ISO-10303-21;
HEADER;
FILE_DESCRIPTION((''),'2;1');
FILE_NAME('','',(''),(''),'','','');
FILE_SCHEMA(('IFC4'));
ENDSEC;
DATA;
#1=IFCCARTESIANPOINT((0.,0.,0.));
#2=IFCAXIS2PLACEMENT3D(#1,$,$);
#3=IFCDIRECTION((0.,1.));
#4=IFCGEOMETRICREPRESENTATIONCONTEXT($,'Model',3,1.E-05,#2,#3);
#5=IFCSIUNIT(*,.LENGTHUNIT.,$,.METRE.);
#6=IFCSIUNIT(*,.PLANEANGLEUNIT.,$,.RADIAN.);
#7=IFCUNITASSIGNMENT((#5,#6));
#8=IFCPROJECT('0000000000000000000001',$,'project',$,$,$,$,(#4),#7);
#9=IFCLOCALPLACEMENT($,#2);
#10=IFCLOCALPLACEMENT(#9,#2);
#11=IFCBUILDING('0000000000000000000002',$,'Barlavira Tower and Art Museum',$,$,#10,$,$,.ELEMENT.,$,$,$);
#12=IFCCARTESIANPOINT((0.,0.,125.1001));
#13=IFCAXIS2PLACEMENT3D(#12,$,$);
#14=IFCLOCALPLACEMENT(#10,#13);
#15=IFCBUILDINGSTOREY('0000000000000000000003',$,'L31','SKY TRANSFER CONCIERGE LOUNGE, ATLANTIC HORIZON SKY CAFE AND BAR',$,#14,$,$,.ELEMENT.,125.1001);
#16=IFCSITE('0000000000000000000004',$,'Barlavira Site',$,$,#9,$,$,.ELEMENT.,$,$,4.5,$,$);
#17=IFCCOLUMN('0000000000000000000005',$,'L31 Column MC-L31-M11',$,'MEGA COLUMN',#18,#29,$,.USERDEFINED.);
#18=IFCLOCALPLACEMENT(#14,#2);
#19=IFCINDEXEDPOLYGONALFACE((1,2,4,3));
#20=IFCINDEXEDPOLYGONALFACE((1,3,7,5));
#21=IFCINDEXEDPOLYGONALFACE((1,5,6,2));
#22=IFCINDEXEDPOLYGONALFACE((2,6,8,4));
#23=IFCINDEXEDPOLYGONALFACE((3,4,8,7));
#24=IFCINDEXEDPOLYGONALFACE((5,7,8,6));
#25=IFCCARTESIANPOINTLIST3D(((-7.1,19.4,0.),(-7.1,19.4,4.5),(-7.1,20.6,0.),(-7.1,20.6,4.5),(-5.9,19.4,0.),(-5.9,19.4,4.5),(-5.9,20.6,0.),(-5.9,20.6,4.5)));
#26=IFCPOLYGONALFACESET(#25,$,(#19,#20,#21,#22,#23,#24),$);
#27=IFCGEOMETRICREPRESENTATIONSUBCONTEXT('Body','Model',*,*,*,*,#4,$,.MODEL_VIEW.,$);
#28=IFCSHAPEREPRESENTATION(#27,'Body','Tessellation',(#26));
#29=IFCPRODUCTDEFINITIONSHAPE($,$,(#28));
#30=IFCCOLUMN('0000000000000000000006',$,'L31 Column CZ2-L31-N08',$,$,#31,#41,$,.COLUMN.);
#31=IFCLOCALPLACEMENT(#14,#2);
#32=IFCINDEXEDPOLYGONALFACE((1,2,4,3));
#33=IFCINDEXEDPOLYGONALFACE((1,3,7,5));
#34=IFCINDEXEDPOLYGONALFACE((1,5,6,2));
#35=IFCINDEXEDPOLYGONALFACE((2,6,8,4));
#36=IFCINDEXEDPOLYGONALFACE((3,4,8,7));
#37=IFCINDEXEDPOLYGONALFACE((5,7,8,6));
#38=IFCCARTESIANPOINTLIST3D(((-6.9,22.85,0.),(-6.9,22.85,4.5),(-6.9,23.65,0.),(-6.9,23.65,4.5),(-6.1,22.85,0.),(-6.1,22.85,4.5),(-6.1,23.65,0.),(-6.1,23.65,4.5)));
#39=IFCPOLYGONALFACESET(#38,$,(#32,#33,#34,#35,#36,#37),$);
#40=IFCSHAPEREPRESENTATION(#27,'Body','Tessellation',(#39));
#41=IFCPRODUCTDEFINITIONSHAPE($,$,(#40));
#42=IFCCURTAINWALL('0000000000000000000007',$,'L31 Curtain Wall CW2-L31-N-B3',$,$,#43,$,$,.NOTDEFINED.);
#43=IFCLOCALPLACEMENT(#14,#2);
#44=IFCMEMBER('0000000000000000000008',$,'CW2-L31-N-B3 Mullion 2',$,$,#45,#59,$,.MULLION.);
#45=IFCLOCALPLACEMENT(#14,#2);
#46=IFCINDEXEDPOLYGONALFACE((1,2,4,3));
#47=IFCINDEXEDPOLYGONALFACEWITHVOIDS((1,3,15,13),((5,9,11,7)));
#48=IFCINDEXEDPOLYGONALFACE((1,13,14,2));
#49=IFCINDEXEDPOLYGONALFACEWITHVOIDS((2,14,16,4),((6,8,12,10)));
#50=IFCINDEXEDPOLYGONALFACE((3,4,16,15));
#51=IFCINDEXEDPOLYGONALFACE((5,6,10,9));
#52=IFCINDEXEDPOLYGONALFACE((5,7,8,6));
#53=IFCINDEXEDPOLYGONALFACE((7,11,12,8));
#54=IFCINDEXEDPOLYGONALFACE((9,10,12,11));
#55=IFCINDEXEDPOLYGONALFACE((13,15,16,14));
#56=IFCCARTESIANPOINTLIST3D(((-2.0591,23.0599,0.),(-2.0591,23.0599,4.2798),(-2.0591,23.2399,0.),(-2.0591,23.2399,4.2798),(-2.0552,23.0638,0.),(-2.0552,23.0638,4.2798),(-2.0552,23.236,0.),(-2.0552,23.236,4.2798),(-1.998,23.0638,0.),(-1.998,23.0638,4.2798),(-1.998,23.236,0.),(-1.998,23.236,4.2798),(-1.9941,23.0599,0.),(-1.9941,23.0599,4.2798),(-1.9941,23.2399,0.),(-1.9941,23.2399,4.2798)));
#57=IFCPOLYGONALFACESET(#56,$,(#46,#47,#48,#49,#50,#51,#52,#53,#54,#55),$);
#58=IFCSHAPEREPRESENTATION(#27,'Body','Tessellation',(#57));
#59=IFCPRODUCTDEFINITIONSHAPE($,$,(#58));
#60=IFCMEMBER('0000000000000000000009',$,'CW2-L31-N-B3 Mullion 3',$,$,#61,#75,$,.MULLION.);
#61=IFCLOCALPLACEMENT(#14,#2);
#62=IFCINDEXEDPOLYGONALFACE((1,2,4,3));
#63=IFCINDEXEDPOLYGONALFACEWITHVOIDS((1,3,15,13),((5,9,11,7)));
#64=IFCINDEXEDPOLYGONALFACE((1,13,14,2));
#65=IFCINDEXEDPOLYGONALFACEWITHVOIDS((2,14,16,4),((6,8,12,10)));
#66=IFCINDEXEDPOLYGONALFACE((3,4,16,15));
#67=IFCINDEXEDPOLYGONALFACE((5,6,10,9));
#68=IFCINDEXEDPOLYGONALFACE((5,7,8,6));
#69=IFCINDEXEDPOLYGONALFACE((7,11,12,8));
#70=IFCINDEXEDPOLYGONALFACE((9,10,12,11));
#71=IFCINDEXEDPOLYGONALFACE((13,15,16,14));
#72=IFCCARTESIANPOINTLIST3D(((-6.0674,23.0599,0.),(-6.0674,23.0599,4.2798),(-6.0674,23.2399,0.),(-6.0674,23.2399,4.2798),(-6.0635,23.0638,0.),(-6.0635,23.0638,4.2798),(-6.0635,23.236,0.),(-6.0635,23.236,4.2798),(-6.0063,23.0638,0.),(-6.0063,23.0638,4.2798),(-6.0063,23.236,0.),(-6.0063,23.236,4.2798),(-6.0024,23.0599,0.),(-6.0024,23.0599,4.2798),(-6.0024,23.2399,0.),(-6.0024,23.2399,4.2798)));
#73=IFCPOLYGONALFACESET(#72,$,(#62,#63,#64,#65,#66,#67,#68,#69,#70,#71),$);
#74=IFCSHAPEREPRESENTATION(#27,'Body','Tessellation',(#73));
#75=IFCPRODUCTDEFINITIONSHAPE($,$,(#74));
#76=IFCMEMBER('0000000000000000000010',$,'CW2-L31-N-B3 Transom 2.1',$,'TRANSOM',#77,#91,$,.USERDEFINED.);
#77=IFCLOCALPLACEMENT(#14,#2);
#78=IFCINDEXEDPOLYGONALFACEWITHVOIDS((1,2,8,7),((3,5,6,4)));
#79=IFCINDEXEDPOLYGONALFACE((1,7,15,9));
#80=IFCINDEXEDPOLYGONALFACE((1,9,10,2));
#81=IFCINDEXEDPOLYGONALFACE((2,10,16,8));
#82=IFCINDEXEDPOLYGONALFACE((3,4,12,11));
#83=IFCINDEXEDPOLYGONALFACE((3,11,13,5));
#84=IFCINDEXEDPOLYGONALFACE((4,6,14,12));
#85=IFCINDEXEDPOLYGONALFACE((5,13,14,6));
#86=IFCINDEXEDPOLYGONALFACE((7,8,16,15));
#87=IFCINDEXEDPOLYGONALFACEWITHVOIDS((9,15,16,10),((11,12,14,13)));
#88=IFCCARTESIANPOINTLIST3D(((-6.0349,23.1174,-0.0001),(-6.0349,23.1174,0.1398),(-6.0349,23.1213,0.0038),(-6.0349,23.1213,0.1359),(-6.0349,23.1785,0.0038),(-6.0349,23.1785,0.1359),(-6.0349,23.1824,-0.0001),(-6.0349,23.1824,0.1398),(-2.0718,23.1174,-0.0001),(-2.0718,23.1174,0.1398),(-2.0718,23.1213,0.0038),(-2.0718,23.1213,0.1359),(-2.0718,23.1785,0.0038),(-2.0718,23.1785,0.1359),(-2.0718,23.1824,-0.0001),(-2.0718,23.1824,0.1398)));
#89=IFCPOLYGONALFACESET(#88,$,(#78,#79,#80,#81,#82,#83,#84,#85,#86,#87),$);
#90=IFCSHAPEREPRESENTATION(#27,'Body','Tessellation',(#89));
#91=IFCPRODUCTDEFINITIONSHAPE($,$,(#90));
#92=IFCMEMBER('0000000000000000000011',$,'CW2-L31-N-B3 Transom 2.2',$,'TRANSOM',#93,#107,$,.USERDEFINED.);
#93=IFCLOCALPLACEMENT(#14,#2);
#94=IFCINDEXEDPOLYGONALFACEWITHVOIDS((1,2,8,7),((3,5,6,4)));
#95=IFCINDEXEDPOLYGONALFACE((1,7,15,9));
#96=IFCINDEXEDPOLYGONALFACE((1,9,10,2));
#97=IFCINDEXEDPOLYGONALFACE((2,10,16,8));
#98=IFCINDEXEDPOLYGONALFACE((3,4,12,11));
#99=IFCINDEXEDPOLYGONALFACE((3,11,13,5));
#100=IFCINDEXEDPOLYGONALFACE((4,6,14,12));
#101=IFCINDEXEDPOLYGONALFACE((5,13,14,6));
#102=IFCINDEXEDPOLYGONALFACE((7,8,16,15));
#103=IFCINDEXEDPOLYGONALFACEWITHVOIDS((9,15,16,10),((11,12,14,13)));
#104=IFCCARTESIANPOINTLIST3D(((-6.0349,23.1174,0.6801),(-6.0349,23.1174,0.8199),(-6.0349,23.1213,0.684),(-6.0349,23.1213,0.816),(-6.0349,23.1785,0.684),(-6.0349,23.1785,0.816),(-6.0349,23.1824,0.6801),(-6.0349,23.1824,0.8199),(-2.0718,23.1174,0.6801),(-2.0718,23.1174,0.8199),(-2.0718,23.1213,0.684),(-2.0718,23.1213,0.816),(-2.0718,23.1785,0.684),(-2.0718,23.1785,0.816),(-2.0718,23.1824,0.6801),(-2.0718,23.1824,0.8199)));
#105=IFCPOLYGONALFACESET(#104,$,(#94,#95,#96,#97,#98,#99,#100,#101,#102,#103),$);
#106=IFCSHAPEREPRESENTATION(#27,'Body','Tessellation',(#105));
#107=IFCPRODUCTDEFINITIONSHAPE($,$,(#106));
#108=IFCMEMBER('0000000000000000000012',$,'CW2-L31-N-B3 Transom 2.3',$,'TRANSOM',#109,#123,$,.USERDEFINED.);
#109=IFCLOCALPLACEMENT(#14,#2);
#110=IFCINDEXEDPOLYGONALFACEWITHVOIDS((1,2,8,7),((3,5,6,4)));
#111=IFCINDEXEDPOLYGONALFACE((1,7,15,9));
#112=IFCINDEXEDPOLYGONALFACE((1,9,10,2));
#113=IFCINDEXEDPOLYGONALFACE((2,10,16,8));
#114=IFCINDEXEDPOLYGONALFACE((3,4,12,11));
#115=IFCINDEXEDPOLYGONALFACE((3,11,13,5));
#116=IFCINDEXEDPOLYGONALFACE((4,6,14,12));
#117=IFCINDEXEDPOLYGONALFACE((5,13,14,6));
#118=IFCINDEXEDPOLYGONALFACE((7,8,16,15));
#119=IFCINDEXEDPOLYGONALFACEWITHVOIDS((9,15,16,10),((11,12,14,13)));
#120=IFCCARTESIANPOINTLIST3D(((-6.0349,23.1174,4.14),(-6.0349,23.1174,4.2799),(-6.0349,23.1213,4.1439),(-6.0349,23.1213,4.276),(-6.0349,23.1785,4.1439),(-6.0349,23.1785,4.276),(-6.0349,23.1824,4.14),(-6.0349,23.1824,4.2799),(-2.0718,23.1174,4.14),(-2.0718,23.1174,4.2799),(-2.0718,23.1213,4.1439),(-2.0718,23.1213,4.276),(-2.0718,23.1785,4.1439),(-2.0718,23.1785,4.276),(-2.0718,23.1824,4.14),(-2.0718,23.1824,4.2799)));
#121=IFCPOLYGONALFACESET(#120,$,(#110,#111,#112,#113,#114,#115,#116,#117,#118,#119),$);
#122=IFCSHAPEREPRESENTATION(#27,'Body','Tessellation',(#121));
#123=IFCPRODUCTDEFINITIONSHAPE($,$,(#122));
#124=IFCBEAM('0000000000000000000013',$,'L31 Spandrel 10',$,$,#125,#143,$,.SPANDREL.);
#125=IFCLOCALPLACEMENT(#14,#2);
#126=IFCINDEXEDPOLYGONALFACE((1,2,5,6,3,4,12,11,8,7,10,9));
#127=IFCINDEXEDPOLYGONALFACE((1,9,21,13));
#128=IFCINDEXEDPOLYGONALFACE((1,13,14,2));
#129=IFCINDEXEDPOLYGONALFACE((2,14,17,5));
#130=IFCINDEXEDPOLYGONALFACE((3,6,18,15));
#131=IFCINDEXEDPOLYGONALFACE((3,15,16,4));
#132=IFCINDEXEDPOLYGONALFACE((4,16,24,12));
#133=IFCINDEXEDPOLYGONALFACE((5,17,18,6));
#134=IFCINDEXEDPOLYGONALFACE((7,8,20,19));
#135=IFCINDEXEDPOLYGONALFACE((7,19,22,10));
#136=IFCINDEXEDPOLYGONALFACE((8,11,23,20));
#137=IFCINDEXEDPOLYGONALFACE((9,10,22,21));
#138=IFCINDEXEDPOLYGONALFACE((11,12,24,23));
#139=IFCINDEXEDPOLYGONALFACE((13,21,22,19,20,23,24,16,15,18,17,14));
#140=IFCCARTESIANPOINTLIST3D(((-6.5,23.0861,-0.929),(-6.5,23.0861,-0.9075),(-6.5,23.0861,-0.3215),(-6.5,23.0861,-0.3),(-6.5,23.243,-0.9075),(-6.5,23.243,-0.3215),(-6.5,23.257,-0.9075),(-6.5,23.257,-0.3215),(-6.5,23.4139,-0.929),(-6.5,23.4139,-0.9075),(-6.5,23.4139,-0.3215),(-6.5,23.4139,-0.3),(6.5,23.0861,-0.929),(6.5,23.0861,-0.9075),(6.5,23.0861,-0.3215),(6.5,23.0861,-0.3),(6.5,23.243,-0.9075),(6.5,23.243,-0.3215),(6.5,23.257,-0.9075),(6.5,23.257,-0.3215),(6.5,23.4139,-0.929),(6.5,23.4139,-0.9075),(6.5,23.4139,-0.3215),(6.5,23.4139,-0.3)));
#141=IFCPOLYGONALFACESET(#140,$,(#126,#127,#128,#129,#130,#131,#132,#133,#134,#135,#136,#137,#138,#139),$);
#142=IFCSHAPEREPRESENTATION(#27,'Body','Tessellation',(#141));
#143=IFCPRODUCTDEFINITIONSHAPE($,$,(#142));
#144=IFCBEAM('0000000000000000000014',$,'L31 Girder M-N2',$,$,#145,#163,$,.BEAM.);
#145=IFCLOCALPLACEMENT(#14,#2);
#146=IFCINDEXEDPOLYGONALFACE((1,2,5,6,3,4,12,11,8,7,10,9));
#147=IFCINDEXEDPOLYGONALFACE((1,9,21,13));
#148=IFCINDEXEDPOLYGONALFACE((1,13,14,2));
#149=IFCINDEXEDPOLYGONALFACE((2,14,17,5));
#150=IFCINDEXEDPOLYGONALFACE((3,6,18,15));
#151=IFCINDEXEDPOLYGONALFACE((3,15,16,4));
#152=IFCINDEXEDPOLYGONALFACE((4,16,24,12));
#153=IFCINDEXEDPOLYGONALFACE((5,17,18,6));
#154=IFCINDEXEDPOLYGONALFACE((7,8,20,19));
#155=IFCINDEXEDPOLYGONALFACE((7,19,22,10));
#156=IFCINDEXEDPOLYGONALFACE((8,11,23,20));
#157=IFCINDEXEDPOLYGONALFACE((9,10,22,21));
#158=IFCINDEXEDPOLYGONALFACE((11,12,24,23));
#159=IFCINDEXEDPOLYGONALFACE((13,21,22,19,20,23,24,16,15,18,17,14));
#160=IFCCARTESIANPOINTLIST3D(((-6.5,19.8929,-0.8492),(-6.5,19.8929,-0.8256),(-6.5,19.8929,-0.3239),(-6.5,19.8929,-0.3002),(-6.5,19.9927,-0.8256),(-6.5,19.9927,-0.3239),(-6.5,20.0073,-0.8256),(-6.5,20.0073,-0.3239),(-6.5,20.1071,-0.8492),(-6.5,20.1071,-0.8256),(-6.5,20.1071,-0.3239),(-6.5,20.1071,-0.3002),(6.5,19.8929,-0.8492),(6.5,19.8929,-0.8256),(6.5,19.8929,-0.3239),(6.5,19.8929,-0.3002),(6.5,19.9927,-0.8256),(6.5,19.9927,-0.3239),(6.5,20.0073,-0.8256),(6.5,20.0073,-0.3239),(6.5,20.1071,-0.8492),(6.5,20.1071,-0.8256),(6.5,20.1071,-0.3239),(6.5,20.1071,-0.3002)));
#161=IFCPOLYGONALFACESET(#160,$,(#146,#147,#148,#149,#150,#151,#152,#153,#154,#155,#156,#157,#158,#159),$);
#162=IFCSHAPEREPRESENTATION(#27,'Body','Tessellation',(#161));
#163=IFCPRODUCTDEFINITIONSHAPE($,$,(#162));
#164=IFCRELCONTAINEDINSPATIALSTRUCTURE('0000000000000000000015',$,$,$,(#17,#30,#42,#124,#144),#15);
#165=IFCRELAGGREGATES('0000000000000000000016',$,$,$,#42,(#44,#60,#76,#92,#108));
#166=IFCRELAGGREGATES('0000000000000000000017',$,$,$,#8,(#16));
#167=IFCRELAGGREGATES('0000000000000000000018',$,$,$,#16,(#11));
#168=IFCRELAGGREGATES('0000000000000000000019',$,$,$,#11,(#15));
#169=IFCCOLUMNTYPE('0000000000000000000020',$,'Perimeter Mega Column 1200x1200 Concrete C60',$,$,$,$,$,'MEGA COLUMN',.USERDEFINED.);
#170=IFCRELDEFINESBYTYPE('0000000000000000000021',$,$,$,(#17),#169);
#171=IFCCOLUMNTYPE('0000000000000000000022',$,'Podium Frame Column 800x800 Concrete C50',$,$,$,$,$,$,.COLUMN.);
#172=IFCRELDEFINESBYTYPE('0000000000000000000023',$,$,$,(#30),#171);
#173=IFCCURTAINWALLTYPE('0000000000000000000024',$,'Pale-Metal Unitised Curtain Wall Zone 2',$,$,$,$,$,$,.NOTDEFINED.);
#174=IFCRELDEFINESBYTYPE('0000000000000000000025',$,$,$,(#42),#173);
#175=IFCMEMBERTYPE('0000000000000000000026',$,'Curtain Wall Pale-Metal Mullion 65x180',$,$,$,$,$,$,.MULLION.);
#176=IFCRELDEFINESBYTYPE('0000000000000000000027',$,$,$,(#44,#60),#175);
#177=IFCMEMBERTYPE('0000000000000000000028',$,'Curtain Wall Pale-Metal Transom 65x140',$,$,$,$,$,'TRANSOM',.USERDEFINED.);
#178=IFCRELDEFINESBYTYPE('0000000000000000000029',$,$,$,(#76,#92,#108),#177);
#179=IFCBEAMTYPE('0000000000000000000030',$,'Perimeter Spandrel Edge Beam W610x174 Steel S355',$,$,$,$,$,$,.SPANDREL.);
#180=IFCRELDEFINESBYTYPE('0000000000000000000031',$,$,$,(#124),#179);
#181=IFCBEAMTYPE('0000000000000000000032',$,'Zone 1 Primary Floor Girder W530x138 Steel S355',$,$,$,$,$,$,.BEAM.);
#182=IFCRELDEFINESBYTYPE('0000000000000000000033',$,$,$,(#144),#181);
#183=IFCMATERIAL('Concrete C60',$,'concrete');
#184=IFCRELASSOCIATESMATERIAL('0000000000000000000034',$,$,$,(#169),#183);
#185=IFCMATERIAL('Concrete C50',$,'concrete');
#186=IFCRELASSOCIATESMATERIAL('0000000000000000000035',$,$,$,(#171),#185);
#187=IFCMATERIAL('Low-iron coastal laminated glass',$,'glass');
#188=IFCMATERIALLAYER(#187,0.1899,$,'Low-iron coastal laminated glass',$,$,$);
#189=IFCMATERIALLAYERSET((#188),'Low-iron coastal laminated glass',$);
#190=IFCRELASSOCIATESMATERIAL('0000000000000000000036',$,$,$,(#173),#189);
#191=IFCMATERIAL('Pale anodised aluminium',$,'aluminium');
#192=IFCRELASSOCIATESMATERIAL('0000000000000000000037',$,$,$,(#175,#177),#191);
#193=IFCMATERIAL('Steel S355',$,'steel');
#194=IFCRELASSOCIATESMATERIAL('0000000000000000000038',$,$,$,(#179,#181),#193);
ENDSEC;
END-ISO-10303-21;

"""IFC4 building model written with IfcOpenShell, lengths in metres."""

from ifc_helpers import new_model, si_unit, direction, frame, origin, origin_2d, place, context, subcontext, project, spatial, rectangle, hollow_rectangle, i_section, extrude, material, layer, layer_set, material_profile, profile_set, type_object, element, aggregate, save


model = new_model("IFC4")

# Units and contexts
model_context = context("Model", 3, precision=1e-05, world=origin(), true_north=direction((0.0, 1.0)))
body_context = subcontext(model_context, "Body", "Model", "MODEL_VIEW")
ifc_project = project(units=[si_unit("LENGTHUNIT", "METRE"), si_unit("PLANEANGLEUNIT", "RADIAN")], contexts=[model_context])

# Site, building, storey
site_placement = place(None, origin())
site = spatial("IfcSite", under=ifc_project, at=site_placement, Name="Barlavira Site", CompositionType="ELEMENT", RefElevation=4.5)
building_placement = place(site_placement, origin())
building = spatial("IfcBuilding", under=site, at=building_placement, Name="Barlavira Tower and Art Museum", CompositionType="ELEMENT")
storey_placement = place(building_placement, frame((0.0, 0.0, 125.1001)))
storey = spatial("IfcBuildingStorey", under=building, at=storey_placement, Name="L31", Description="SKY TRANSFER CONCIERGE LOUNGE, ATLANTIC HORIZON SKY CAFE AND BAR", CompositionType="ELEMENT", Elevation=125.1001)

# Columns
ifc_material_1 = material(Name="Concrete C60", Category="concrete")
ifc_material_profile_1 = material_profile(ifc_material_1, rectangle(XDim=1.2, YDim=1.2, at=origin_2d()), Name="RC-COL 1200x1200")
ifc_profile_set_1 = profile_set([ifc_material_profile_1], Name="Concrete C60")
column_type_1 = type_object("IfcColumnType", Name="Perimeter Mega Column 1200x1200 Concrete C60", ElementType="MEGA COLUMN", PredefinedType="USERDEFINED", material=ifc_profile_set_1)
column_1_placement = place(storey_placement, frame((-6.5, 20.0, 0.0), z_axis=(0.0, 0.0, 1.0), x_axis=(1.0, 0.0, 0.0)))
element("IfcColumn", 1, at=column_1_placement, inside=storey, type_object=column_type_1, Name="L31 Column MC-L31-M11", ObjectType="MEGA COLUMN", PredefinedType="USERDEFINED", context=body_context, shape_type="SweptSolid", body=[
    extrude(rectangle(XDim=1.2, YDim=1.2, at=origin_2d()), origin(), (0.0, 0.0, 1.0), 4.5),
])
ifc_material_2 = material(Name="Concrete C50", Category="concrete")
ifc_material_profile_2 = material_profile(ifc_material_2, rectangle(XDim=0.8, YDim=0.8, at=origin_2d()), Name="RC-COL 800x800")
ifc_profile_set_2 = profile_set([ifc_material_profile_2], Name="Concrete C50")
column_type_2 = type_object("IfcColumnType", Name="Podium Frame Column 800x800 Concrete C50", PredefinedType="COLUMN", material=ifc_profile_set_2)
column_2_placement = place(storey_placement, frame((-6.5, 23.25, 0.0), z_axis=(0.0, 0.0, 1.0), x_axis=(1.0, 0.0, 0.0)))
element("IfcColumn", 2, at=column_2_placement, inside=storey, type_object=column_type_2, Name="L31 Column CZ2-L31-N08", PredefinedType="COLUMN", context=body_context, shape_type="SweptSolid", body=[
    extrude(rectangle(XDim=0.8, YDim=0.8, at=origin_2d()), origin(), (0.0, 0.0, 1.0), 4.5),
])

# Curtain wall, members
ifc_material_3 = material(Name="Low-iron coastal laminated glass", Category="glass")
ifc_layer_1 = layer(ifc_material_3, 0.1899, Name="Low-iron coastal laminated glass")
ifc_layer_set_1 = layer_set([ifc_layer_1], Name="Low-iron coastal laminated glass")
curtain_wall_type = type_object("IfcCurtainWallType", Name="Pale-Metal Unitised Curtain Wall Zone 2", PredefinedType="NOTDEFINED", material=ifc_layer_set_1)
curtain_wall_placement = place(storey_placement, origin())
curtain_wall = element("IfcCurtainWall", 3, at=curtain_wall_placement, inside=storey, type_object=curtain_wall_type, Name="L31 Curtain Wall CW2-L31-N-B3", PredefinedType="NOTDEFINED")
ifc_material_4 = material(Name="Pale anodised aluminium", Category="aluminium")
ifc_material_profile_3 = material_profile(ifc_material_4, hollow_rectangle(XDim=0.0649, YDim=0.1799, WallThickness=0.0039, at=origin_2d()), Name="ALU-MULL 65x180x4")
ifc_profile_set_3 = profile_set([ifc_material_profile_3], Name="Pale anodised aluminium")
member_type_1 = type_object("IfcMemberType", Name="Curtain Wall Pale-Metal Mullion 65x180", PredefinedType="MULLION", material=ifc_profile_set_3)
member_1_placement = place(storey_placement, frame((-2.0266, 23.1499, 0.0), z_axis=(0.0, 0.0, 1.0), x_axis=(-1.0, 0.0, 0.0)))
member_1 = element("IfcMember", 4, at=member_1_placement, type_object=member_type_1, Name="CW2-L31-N-B3 Mullion 2", PredefinedType="MULLION", context=body_context, shape_type="SweptSolid", body=[
    extrude(hollow_rectangle(XDim=0.0649, YDim=0.1799, WallThickness=0.0039, at=origin_2d()), origin(), (0.0, 0.0, 1.0), 4.2798),
])
member_2_placement = place(storey_placement, frame((-6.0349, 23.1499, 0.0), z_axis=(0.0, 0.0, 1.0), x_axis=(-1.0, 0.0, 0.0)))
member_2 = element("IfcMember", 5, at=member_2_placement, type_object=member_type_1, Name="CW2-L31-N-B3 Mullion 3", PredefinedType="MULLION", context=body_context, shape_type="SweptSolid", body=[
    extrude(hollow_rectangle(XDim=0.0649, YDim=0.1799, WallThickness=0.0039, at=origin_2d()), origin(), (0.0, 0.0, 1.0), 4.2798),
])
ifc_material_profile_4 = material_profile(ifc_material_4, hollow_rectangle(XDim=0.0649, YDim=0.1399, WallThickness=0.0039, at=origin_2d()), Name="ALU-TRAN 65x140x4")
ifc_profile_set_4 = profile_set([ifc_material_profile_4], Name="Pale anodised aluminium")
member_type_2 = type_object("IfcMemberType", Name="Curtain Wall Pale-Metal Transom 65x140", ElementType="TRANSOM", PredefinedType="USERDEFINED", material=ifc_profile_set_4)
member_3_placement = place(storey_placement, frame((-2.0718, 23.1499, 0.0698), z_axis=(-1.0, 0.0, 0.0), x_axis=(0.0, -1.0, 0.0)))
member_3 = element("IfcMember", 6, at=member_3_placement, type_object=member_type_2, Name="CW2-L31-N-B3 Transom 2.1", ObjectType="TRANSOM", PredefinedType="USERDEFINED", context=body_context, shape_type="SweptSolid", body=[
    extrude(hollow_rectangle(XDim=0.0649, YDim=0.1399, WallThickness=0.0039, at=origin_2d()), origin(), (0.0, 0.0, 1.0), 3.9631),
])
member_4_placement = place(storey_placement, frame((-2.0718, 23.1499, 0.75), z_axis=(-1.0, 0.0, 0.0), x_axis=(0.0, -1.0, 0.0)))
member_4 = element("IfcMember", 7, at=member_4_placement, type_object=member_type_2, Name="CW2-L31-N-B3 Transom 2.2", ObjectType="TRANSOM", PredefinedType="USERDEFINED", context=body_context, shape_type="SweptSolid", body=[
    extrude(hollow_rectangle(XDim=0.0649, YDim=0.1399, WallThickness=0.0039, at=origin_2d()), origin(), (0.0, 0.0, 1.0), 3.9631),
])
member_5_placement = place(storey_placement, frame((-2.0718, 23.1499, 4.21), z_axis=(-1.0, 0.0, 0.0), x_axis=(0.0, -1.0, 0.0)))
member_5 = element("IfcMember", 8, at=member_5_placement, type_object=member_type_2, Name="CW2-L31-N-B3 Transom 2.3", ObjectType="TRANSOM", PredefinedType="USERDEFINED", context=body_context, shape_type="SweptSolid", body=[
    extrude(hollow_rectangle(XDim=0.0649, YDim=0.1399, WallThickness=0.0039, at=origin_2d()), origin(), (0.0, 0.0, 1.0), 3.9631),
])

# Beams
ifc_material_5 = material(Name="Steel S355", Category="steel")
ifc_material_profile_5 = material_profile(ifc_material_5, i_section(OverallWidth=0.3279, OverallDepth=0.6289, WebThickness=0.0139, FlangeThickness=0.0215, at=origin_2d()), Name="W610x174.0")
ifc_profile_set_5 = profile_set([ifc_material_profile_5], Name="Steel S355")
beam_type_1 = type_object("IfcBeamType", Name="Perimeter Spandrel Edge Beam W610x174 Steel S355", PredefinedType="SPANDREL", material=ifc_profile_set_5)
beam_1_placement = place(storey_placement, frame((-6.5, 23.25, -0.6145), z_axis=(1.0, 0.0, 0.0), x_axis=(0.0, 1.0, 0.0)))
element("IfcBeam", 9, at=beam_1_placement, inside=storey, type_object=beam_type_1, Name="L31 Spandrel 10", PredefinedType="SPANDREL", context=body_context, shape_type="SweptSolid", body=[
    extrude(i_section(OverallWidth=0.3279, OverallDepth=0.6289, WebThickness=0.0139, FlangeThickness=0.0215, at=origin_2d()), origin(), (0.0, 0.0, 1.0), 13.0),
])
ifc_material_profile_6 = material_profile(ifc_material_5, i_section(OverallWidth=0.2141, OverallDepth=0.5491, WebThickness=0.0146, FlangeThickness=0.0237, at=origin_2d()), Name="W530x138.0")
ifc_profile_set_6 = profile_set([ifc_material_profile_6], Name="Steel S355")
beam_type_2 = type_object("IfcBeamType", Name="Zone 1 Primary Floor Girder W530x138 Steel S355", PredefinedType="BEAM", material=ifc_profile_set_6)
beam_2_placement = place(storey_placement, frame((-6.5, 20.0, -0.5747), z_axis=(1.0, 0.0, 0.0), x_axis=(0.0, 1.0, 0.0)))
element("IfcBeam", 10, at=beam_2_placement, inside=storey, type_object=beam_type_2, Name="L31 Girder M-N2", PredefinedType="BEAM", context=body_context, shape_type="SweptSolid", body=[
    extrude(i_section(OverallWidth=0.2141, OverallDepth=0.5491, WebThickness=0.0146, FlangeThickness=0.0237, at=origin_2d()), origin(), (0.0, 0.0, 1.0), 13.0),
])

aggregate(curtain_wall, [member_1, member_2, member_3, member_4, member_5])

save(model, "model.ifc")
